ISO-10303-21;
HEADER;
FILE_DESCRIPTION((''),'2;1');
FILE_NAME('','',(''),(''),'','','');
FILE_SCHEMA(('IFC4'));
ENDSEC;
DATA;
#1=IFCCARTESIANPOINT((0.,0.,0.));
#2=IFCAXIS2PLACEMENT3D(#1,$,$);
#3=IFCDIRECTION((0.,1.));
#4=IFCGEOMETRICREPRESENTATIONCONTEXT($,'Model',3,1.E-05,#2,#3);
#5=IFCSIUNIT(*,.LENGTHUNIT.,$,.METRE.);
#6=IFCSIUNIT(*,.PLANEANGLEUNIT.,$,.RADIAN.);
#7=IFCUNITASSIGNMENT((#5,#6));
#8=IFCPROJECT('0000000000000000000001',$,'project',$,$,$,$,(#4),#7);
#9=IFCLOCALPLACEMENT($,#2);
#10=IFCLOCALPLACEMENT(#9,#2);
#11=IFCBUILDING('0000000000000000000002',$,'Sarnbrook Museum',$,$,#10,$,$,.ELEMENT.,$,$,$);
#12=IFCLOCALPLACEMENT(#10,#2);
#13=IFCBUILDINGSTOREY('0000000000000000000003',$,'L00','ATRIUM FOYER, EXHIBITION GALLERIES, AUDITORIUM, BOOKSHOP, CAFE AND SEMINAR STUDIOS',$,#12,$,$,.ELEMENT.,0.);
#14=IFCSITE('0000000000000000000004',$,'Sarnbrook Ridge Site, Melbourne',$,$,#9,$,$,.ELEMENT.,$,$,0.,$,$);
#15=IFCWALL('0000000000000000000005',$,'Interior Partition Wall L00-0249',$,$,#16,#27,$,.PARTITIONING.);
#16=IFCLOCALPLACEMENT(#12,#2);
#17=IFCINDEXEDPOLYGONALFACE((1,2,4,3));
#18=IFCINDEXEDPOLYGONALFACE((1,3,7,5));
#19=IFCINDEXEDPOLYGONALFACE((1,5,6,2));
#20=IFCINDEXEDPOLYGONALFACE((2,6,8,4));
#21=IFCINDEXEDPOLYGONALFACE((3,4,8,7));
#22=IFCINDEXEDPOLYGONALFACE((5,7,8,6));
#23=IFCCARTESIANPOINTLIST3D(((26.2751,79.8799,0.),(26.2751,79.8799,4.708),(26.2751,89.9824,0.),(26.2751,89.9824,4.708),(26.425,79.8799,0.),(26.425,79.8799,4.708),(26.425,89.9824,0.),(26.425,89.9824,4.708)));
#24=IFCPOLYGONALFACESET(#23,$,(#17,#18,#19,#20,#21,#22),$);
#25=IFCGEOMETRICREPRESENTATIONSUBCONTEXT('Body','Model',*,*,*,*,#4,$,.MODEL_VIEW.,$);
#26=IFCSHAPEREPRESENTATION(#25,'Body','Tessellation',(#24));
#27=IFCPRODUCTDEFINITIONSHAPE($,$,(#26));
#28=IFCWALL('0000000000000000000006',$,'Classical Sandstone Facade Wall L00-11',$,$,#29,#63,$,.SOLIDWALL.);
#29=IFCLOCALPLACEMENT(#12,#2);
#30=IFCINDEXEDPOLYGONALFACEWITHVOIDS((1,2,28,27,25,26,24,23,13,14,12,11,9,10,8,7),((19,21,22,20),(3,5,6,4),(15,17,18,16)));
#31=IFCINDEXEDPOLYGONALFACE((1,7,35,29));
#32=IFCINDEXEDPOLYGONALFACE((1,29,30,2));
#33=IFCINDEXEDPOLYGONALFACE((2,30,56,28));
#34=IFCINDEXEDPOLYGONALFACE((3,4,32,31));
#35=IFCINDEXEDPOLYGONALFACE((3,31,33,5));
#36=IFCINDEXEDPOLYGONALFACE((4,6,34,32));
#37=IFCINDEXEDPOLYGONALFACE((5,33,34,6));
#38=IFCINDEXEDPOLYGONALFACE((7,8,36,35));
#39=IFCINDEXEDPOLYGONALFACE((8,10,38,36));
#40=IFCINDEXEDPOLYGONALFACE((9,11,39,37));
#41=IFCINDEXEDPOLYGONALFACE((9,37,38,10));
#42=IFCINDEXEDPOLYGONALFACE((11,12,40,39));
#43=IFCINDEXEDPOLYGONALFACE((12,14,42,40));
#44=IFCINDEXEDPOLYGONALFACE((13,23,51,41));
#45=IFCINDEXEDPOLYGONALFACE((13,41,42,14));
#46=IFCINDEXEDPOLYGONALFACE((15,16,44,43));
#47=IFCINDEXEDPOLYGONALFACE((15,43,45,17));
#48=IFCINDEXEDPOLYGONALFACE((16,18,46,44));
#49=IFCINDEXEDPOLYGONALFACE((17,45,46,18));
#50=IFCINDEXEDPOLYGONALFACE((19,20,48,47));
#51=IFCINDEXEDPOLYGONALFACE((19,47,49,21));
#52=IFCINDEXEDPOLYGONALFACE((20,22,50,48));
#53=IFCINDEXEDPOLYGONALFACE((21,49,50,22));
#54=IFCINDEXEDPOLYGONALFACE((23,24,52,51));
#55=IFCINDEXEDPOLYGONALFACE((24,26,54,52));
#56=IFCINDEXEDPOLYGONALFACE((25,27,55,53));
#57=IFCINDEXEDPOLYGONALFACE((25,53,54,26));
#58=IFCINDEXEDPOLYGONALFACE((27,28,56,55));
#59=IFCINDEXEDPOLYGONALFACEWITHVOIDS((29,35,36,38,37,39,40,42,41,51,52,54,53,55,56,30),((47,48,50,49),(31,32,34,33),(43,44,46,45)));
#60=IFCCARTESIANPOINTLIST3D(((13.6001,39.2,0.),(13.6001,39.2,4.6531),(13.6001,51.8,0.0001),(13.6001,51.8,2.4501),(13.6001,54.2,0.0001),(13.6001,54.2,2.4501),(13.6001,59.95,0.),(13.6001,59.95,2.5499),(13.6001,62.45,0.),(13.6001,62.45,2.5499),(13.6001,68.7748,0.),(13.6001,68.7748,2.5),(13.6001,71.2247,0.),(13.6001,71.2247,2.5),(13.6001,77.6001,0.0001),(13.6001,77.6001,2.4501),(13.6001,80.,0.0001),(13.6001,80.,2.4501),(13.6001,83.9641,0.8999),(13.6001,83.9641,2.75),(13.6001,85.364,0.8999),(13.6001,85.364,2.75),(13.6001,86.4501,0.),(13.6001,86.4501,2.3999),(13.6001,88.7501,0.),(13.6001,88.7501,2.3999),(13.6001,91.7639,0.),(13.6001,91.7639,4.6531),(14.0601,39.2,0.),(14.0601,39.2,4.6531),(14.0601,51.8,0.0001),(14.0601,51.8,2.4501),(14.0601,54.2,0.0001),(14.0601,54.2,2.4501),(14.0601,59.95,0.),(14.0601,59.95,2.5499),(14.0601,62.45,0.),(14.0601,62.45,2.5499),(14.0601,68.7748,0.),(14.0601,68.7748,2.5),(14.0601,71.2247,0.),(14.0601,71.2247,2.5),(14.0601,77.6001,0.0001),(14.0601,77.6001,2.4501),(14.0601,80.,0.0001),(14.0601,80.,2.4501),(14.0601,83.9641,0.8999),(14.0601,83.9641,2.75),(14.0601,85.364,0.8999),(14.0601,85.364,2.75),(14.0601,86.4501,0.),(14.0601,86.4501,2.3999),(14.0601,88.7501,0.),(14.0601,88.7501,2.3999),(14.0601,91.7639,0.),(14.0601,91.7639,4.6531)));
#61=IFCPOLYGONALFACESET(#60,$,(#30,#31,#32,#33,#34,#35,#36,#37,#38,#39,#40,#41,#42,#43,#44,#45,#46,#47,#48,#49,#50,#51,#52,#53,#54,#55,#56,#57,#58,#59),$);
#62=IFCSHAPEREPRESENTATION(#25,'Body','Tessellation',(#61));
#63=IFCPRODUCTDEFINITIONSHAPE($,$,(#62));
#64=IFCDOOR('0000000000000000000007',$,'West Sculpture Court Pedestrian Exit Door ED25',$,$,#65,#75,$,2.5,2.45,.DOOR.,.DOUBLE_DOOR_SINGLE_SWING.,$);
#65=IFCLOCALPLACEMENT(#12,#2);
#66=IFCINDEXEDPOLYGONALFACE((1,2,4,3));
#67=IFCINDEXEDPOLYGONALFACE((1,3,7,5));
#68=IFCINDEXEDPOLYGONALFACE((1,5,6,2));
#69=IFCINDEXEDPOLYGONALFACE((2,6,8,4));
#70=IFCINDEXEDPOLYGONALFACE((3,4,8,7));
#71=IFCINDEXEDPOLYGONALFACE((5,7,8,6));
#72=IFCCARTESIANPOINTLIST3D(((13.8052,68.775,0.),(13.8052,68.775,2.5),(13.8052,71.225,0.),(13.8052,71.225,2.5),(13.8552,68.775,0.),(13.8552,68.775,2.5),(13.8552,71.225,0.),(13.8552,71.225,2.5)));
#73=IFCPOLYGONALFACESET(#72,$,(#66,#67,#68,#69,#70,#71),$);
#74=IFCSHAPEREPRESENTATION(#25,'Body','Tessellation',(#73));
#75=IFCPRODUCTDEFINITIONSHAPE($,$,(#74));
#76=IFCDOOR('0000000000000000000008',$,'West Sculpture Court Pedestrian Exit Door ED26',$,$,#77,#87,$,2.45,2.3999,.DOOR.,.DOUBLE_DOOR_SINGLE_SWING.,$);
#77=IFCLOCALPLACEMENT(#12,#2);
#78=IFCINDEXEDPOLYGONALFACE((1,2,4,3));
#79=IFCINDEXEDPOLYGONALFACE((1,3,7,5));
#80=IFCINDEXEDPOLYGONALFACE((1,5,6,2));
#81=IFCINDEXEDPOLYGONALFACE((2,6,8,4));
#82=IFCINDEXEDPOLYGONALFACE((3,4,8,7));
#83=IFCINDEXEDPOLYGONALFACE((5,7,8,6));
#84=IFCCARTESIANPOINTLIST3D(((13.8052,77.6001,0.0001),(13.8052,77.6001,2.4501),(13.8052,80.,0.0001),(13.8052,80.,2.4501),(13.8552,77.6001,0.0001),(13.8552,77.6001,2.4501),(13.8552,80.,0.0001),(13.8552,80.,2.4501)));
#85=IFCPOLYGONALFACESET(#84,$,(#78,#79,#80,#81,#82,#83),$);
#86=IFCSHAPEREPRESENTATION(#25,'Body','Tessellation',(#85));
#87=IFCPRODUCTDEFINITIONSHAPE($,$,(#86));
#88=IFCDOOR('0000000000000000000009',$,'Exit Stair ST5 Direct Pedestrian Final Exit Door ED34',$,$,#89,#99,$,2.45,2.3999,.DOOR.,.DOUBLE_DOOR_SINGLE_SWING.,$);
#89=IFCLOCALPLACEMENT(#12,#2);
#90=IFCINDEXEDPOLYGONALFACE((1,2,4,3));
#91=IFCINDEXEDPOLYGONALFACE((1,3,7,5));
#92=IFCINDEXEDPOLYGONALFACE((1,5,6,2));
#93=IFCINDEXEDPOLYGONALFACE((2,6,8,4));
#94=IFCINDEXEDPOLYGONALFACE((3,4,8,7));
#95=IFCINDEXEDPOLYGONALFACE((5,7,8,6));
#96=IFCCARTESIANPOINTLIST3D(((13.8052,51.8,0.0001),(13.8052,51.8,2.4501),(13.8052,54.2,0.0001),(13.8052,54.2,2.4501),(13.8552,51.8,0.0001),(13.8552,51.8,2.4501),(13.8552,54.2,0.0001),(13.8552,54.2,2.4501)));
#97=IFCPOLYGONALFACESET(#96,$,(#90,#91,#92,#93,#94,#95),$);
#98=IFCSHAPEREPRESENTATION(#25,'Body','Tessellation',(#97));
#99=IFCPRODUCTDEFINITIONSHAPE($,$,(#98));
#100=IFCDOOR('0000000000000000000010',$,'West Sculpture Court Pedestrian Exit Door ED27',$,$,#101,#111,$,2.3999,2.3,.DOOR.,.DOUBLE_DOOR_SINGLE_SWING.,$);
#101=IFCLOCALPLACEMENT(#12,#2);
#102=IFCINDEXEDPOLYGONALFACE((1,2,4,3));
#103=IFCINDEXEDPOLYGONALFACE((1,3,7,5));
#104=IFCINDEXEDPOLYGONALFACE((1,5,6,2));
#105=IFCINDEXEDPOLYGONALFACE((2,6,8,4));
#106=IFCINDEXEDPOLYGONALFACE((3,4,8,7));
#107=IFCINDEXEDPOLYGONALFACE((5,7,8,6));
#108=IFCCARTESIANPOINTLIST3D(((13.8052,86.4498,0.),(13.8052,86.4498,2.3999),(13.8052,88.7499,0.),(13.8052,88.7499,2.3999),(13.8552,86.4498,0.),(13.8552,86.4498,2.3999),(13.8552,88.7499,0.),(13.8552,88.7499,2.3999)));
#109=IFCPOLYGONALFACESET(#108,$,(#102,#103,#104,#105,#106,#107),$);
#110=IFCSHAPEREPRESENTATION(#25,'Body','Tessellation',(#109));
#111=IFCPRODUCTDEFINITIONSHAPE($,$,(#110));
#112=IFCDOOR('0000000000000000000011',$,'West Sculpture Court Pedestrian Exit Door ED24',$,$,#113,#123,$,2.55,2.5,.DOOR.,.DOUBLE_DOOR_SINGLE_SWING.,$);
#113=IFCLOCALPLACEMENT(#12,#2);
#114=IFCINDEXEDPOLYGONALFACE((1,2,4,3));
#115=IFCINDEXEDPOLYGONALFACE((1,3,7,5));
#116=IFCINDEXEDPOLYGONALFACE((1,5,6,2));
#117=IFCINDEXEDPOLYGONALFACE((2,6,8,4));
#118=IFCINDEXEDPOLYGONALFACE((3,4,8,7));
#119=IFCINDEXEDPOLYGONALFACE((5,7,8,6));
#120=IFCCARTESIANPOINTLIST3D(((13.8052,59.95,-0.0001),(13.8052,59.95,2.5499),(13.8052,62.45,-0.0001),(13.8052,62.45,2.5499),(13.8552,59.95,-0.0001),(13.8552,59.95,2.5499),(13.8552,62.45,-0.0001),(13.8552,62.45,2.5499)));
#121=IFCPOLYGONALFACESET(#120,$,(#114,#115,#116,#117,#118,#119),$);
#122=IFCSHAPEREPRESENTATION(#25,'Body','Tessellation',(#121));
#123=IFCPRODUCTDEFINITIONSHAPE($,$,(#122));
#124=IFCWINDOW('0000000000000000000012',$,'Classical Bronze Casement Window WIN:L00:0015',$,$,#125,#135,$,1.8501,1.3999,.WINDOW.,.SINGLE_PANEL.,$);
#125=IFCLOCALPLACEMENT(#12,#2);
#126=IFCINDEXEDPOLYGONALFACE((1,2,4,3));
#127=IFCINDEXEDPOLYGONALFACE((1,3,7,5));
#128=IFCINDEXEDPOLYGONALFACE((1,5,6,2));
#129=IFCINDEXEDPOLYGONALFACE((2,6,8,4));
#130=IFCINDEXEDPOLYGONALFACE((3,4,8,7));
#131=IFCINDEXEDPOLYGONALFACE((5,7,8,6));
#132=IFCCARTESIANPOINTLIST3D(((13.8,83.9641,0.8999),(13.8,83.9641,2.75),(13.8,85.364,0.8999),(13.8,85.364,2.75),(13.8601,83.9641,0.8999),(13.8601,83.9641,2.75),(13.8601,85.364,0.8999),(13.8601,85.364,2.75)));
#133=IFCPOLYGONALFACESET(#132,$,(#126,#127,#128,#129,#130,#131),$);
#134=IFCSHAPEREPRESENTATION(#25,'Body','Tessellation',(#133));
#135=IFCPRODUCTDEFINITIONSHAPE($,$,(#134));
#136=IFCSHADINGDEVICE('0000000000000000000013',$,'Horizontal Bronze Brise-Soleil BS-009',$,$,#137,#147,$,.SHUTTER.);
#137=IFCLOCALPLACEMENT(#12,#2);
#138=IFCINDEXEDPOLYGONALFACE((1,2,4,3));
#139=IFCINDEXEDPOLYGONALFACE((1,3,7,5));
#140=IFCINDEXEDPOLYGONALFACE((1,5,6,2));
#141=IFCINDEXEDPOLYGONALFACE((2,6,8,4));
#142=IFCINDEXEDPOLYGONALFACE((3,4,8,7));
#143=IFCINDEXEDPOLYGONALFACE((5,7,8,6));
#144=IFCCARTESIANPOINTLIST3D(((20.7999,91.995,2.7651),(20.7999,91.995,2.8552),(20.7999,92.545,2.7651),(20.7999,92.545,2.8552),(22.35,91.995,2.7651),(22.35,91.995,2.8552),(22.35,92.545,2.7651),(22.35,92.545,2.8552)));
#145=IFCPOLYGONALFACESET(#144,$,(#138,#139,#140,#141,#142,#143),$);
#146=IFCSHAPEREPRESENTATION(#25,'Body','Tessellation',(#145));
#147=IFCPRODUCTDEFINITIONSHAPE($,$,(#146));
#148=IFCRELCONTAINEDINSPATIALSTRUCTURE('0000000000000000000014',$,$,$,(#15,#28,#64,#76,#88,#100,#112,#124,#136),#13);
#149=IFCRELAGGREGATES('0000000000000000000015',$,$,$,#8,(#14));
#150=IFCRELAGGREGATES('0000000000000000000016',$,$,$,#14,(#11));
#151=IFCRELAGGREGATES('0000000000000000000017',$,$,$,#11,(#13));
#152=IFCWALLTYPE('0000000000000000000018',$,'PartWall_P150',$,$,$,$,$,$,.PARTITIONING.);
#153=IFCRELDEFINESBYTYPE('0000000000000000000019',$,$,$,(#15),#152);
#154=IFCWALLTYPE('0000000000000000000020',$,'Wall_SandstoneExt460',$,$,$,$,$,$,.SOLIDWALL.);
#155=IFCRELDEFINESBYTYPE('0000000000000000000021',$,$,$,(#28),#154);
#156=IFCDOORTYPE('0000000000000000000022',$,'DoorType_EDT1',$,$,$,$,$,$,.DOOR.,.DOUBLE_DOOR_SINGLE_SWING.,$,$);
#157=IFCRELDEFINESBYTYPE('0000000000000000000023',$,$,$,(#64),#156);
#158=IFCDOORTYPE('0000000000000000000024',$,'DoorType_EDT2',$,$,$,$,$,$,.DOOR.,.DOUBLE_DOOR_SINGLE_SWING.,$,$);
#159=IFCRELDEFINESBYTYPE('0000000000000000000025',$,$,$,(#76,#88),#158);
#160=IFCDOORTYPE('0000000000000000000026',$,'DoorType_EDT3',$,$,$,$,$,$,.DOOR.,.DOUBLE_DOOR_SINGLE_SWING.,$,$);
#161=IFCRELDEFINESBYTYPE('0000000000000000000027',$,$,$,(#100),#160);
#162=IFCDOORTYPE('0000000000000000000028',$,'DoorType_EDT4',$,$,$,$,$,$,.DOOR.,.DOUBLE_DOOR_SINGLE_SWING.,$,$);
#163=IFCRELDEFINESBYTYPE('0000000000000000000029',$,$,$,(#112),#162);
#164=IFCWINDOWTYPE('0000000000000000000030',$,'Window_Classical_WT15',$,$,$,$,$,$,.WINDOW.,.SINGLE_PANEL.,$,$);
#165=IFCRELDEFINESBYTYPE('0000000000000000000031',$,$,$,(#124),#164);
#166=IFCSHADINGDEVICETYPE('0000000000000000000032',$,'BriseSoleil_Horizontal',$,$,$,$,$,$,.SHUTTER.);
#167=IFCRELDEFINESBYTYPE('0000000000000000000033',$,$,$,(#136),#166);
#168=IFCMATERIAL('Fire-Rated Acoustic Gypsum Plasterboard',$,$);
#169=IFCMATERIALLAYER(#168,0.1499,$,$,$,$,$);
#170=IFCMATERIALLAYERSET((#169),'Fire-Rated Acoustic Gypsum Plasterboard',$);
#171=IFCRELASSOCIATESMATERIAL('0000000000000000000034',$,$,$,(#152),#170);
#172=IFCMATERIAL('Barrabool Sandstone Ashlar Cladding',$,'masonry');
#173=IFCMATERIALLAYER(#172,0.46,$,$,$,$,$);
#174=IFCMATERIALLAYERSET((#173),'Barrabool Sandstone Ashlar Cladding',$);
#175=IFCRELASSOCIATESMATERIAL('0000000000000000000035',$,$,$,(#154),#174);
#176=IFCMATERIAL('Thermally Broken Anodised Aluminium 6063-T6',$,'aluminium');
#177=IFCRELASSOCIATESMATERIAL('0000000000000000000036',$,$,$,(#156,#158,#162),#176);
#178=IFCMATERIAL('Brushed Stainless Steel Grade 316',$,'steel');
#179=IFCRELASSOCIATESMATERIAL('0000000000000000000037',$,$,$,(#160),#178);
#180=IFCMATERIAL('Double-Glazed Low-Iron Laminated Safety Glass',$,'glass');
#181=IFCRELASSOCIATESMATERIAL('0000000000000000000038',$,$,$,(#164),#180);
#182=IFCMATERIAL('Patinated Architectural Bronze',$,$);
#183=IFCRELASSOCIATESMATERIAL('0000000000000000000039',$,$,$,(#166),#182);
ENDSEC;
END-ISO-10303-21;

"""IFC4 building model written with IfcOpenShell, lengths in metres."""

from ifc_helpers import new_model, si_unit, direction, frame, frame_2d, origin, origin_2d, place, context, subcontext, project, spatial, rectangle, extrude, material, layer, layer_set, type_object, element, fill, save


model = new_model("IFC4")

# Units and contexts
model_context = context("Model", 3, precision=1e-05, world=origin(), true_north=direction((0.0, 1.0)))
body_context = subcontext(model_context, "Body", "Model", "MODEL_VIEW")
ifc_project = project(units=[si_unit("LENGTHUNIT", "METRE"), si_unit("PLANEANGLEUNIT", "RADIAN")], contexts=[model_context])

# Site, building, storey
site_placement = place(None, origin())
site = spatial("IfcSite", under=ifc_project, at=site_placement, Name="Sarnbrook Ridge Site, Melbourne", CompositionType="ELEMENT", RefElevation=0.0)
building_placement = place(site_placement, origin())
building = spatial("IfcBuilding", under=site, at=building_placement, Name="Sarnbrook Museum", CompositionType="ELEMENT")
storey_placement = place(building_placement, origin())
storey = spatial("IfcBuildingStorey", under=building, at=storey_placement, Name="L00", Description="ATRIUM FOYER, EXHIBITION GALLERIES, AUDITORIUM, BOOKSHOP, CAFE AND SEMINAR STUDIOS", CompositionType="ELEMENT", Elevation=0.0)

# Wall
ifc_material_1 = material(Name="Fire-Rated Acoustic Gypsum Plasterboard")
ifc_layer_1 = layer(ifc_material_1, 0.1499)
ifc_layer_set_1 = layer_set([ifc_layer_1], Name="Fire-Rated Acoustic Gypsum Plasterboard")
wall_type_1 = type_object("IfcWallType", Name="PartWall_P150", PredefinedType="PARTITIONING", material=ifc_layer_set_1)
wall_1_placement = place(storey_placement, frame((26.3501, 89.9824, 0.0), z_axis=(0.0, 0.0, 1.0), x_axis=(0.0, -1.0, 0.0)))
element("IfcWall", 1, at=wall_1_placement, inside=storey, type_object=wall_type_1, Name="Interior Partition Wall L00-0249", PredefinedType="PARTITIONING", context=body_context, shape_type="SweptSolid", body=[
    extrude(rectangle(XDim=10.1025, YDim=0.1499, at=frame_2d((5.0513, 0.0))), origin(), (0.0, 0.0, 1.0), 4.708),
])

# Wall, openings, doors, window
ifc_material_2 = material(Name="Barrabool Sandstone Ashlar Cladding", Category="masonry")
ifc_layer_2 = layer(ifc_material_2, 0.46)
ifc_layer_set_2 = layer_set([ifc_layer_2], Name="Barrabool Sandstone Ashlar Cladding")
wall_type_2 = type_object("IfcWallType", Name="Wall_SandstoneExt460", PredefinedType="SOLIDWALL", material=ifc_layer_set_2)
wall_2_placement = place(storey_placement, frame((13.8301, 91.7639, 0.0), z_axis=(0.0, 0.0, 1.0), x_axis=(0.0, -1.0, 0.0)))
wall_2 = element("IfcWall", 2, at=wall_2_placement, inside=storey, type_object=wall_type_2, Name="Classical Sandstone Facade Wall L00-11", PredefinedType="SOLIDWALL", context=body_context, shape_type="SweptSolid", body=[
    extrude(rectangle(XDim=52.564, YDim=0.46, at=frame_2d((26.282, 0.0))), origin(), (0.0, 0.0, 1.0), 4.6531),
])
opening_1_placement = place(wall_2_placement, frame((29.314, 0.0, 0.0)))
opening_1 = element("IfcOpeningElement", 3, at=opening_1_placement, cuts=wall_2, PredefinedType="OPENING", context=body_context, shape_type="SweptSolid", body=[
    extrude(rectangle(XDim=2.5, YDim=2.55, at=frame_2d((1.25, 1.2749))), frame((0.0, 0.24, 0.0), z_axis=(0.0, -1.0, 0.0), x_axis=(1.0, 0.0, 0.0)), (0.0, 0.0, 1.0), 0.48),
])
opening_2_placement = place(wall_2_placement, frame((20.5391, 0.0, 0.0)))
opening_2 = element("IfcOpeningElement", 4, at=opening_2_placement, cuts=wall_2, PredefinedType="OPENING", context=body_context, shape_type="SweptSolid", body=[
    extrude(rectangle(XDim=2.45, YDim=2.5, at=frame_2d((1.2251, 1.25))), frame((0.0, 0.24, 0.0), z_axis=(0.0, -1.0, 0.0), x_axis=(1.0, 0.0, 0.0)), (0.0, 0.0, 1.0), 0.48),
])
opening_3_placement = place(wall_2_placement, frame((11.7639, 0.0, 0.0)))
opening_3 = element("IfcOpeningElement", 5, at=opening_3_placement, cuts=wall_2, PredefinedType="OPENING", context=body_context, shape_type="SweptSolid", body=[
    extrude(rectangle(XDim=2.3999, YDim=2.45, at=frame_2d((1.2, 1.2251))), frame((0.0, 0.24, 0.0), z_axis=(0.0, -1.0, 0.0), x_axis=(1.0, 0.0, 0.0)), (0.0, 0.0, 1.0), 0.48),
])
opening_4_placement = place(wall_2_placement, frame((3.0139, 0.0, 0.0)))
opening_4 = element("IfcOpeningElement", 6, at=opening_4_placement, cuts=wall_2, PredefinedType="OPENING", context=body_context, shape_type="SweptSolid", body=[
    extrude(rectangle(XDim=2.3, YDim=2.3999, at=frame_2d((1.1499, 1.2))), frame((0.0, 0.24, 0.0), z_axis=(0.0, -1.0, 0.0), x_axis=(1.0, 0.0, 0.0)), (0.0, 0.0, 1.0), 0.48),
])
opening_5_placement = place(wall_2_placement, frame((37.564, 0.0, 0.0)))
opening_5 = element("IfcOpeningElement", 7, at=opening_5_placement, cuts=wall_2, PredefinedType="OPENING", context=body_context, shape_type="SweptSolid", body=[
    extrude(rectangle(XDim=2.3999, YDim=2.45, at=frame_2d((1.2, 1.2251))), frame((0.0, 0.24, 0.0), z_axis=(0.0, -1.0, 0.0), x_axis=(1.0, 0.0, 0.0)), (0.0, 0.0, 1.0), 0.48),
])
opening_6_placement = place(wall_2_placement, frame((6.3999, 0.0, 0.8999)))
opening_6 = element("IfcOpeningElement", 8, at=opening_6_placement, cuts=wall_2, PredefinedType="OPENING", context=body_context, shape_type="SweptSolid", body=[
    extrude(rectangle(XDim=1.3999, YDim=1.8501, at=frame_2d((0.7, 0.925))), frame((0.0, 0.24, 0.0), z_axis=(0.0, -1.0, 0.0), x_axis=(1.0, 0.0, 0.0)), (0.0, 0.0, 1.0), 0.48),
])
ifc_material_3 = material(Name="Thermally Broken Anodised Aluminium 6063-T6", Category="aluminium")
door_type_1 = type_object("IfcDoorType", Name="DoorType_EDT1", OperationType="DOUBLE_DOOR_SINGLE_SWING", PredefinedType="DOOR", material=ifc_material_3)
door_1_placement = place(opening_2_placement, frame((2.45, 0.0, 0.0), z_axis=(0.0, 0.0, 1.0), x_axis=(-1.0, 0.0, 0.0)))
door_1 = element("IfcDoor", 9, at=door_1_placement, inside=storey, type_object=door_type_1, Name="West Sculpture Court Pedestrian Exit Door ED25", OperationType="DOUBLE_DOOR_SINGLE_SWING", OverallHeight=2.5, OverallWidth=2.45, PredefinedType="DOOR", context=body_context, shape_type="SweptSolid", body=[
    extrude(rectangle(XDim=2.45, YDim=2.5, at=frame_2d((1.2251, 1.25))), frame((0.0, 0.0249, 0.0), z_axis=(0.0, -1.0, 0.0), x_axis=(1.0, 0.0, 0.0)), (0.0, 0.0, 1.0), 0.05),
])
fill(opening_2, door_1)
door_type_2 = type_object("IfcDoorType", Name="DoorType_EDT2", OperationType="DOUBLE_DOOR_SINGLE_SWING", PredefinedType="DOOR", material=ifc_material_3)
door_2_placement = place(opening_3_placement, frame((2.3999, 0.0, 0.0), z_axis=(0.0, 0.0, 1.0), x_axis=(-1.0, 0.0, 0.0)))
door_2 = element("IfcDoor", 10, at=door_2_placement, inside=storey, type_object=door_type_2, Name="West Sculpture Court Pedestrian Exit Door ED26", OperationType="DOUBLE_DOOR_SINGLE_SWING", OverallHeight=2.45, OverallWidth=2.3999, PredefinedType="DOOR", context=body_context, shape_type="SweptSolid", body=[
    extrude(rectangle(XDim=2.3999, YDim=2.45, at=frame_2d((1.2, 1.2251))), frame((0.0, 0.0249, 0.0), z_axis=(0.0, -1.0, 0.0), x_axis=(1.0, 0.0, 0.0)), (0.0, 0.0, 1.0), 0.05),
])
fill(opening_3, door_2)
door_3_placement = place(opening_5_placement, frame((2.3999, 0.0, 0.0), z_axis=(0.0, 0.0, 1.0), x_axis=(-1.0, 0.0, 0.0)))
door_3 = element("IfcDoor", 11, at=door_3_placement, inside=storey, type_object=door_type_2, Name="Exit Stair ST5 Direct Pedestrian Final Exit Door ED34", OperationType="DOUBLE_DOOR_SINGLE_SWING", OverallHeight=2.45, OverallWidth=2.3999, PredefinedType="DOOR", context=body_context, shape_type="SweptSolid", body=[
    extrude(rectangle(XDim=2.3999, YDim=2.45, at=frame_2d((1.2, 1.2251))), frame((0.0, 0.0249, 0.0), z_axis=(0.0, -1.0, 0.0), x_axis=(1.0, 0.0, 0.0)), (0.0, 0.0, 1.0), 0.05),
])
fill(opening_5, door_3)
ifc_material_4 = material(Name="Brushed Stainless Steel Grade 316", Category="steel")
door_type_3 = type_object("IfcDoorType", Name="DoorType_EDT3", OperationType="DOUBLE_DOOR_SINGLE_SWING", PredefinedType="DOOR", material=ifc_material_4)
door_4_placement = place(opening_4_placement, frame((2.3, 0.0, 0.0), z_axis=(0.0, 0.0, 1.0), x_axis=(-1.0, 0.0, 0.0)))
door_4 = element("IfcDoor", 12, at=door_4_placement, inside=storey, type_object=door_type_3, Name="West Sculpture Court Pedestrian Exit Door ED27", OperationType="DOUBLE_DOOR_SINGLE_SWING", OverallHeight=2.3999, OverallWidth=2.3, PredefinedType="DOOR", context=body_context, shape_type="SweptSolid", body=[
    extrude(rectangle(XDim=2.3, YDim=2.3999, at=frame_2d((1.1499, 1.2))), frame((0.0, 0.0249, 0.0), z_axis=(0.0, -1.0, 0.0), x_axis=(1.0, 0.0, 0.0)), (0.0, 0.0, 1.0), 0.05),
])
fill(opening_4, door_4)
door_type_4 = type_object("IfcDoorType", Name="DoorType_EDT4", OperationType="DOUBLE_DOOR_SINGLE_SWING", PredefinedType="DOOR", material=ifc_material_3)
door_5_placement = place(opening_1_placement, frame((2.5, 0.0, 0.0), z_axis=(0.0, 0.0, 1.0), x_axis=(-1.0, 0.0, 0.0)))
door_5 = element("IfcDoor", 13, at=door_5_placement, inside=storey, type_object=door_type_4, Name="West Sculpture Court Pedestrian Exit Door ED24", OperationType="DOUBLE_DOOR_SINGLE_SWING", OverallHeight=2.55, OverallWidth=2.5, PredefinedType="DOOR", context=body_context, shape_type="SweptSolid", body=[
    extrude(rectangle(XDim=2.5, YDim=2.55, at=frame_2d((1.25, 1.2749))), frame((0.0, 0.0249, 0.0), z_axis=(0.0, -1.0, 0.0), x_axis=(1.0, 0.0, 0.0)), (0.0, 0.0, 1.0), 0.05),
])
fill(opening_1, door_5)
ifc_material_5 = material(Name="Double-Glazed Low-Iron Laminated Safety Glass", Category="glass")
window_type = type_object("IfcWindowType", Name="Window_Classical_WT15", PartitioningType="SINGLE_PANEL", PredefinedType="WINDOW", material=ifc_material_5)
window_placement = place(opening_6_placement, origin())
window = element("IfcWindow", 14, at=window_placement, inside=storey, type_object=window_type, Name="Classical Bronze Casement Window WIN:L00:0015", OverallHeight=1.8501, OverallWidth=1.3999, PartitioningType="SINGLE_PANEL", PredefinedType="WINDOW", context=body_context, shape_type="SweptSolid", body=[
    extrude(rectangle(XDim=1.3999, YDim=1.8501, at=frame_2d((0.7, 0.925))), frame((0.0, 0.03, 0.0), z_axis=(0.0, -1.0, 0.0), x_axis=(1.0, 0.0, 0.0)), (0.0, 0.0, 1.0), 0.0601),
])
fill(opening_6, window)

# Shading device
ifc_material_6 = material(Name="Patinated Architectural Bronze")
shading_device_type_1 = type_object("IfcShadingDeviceType", Name="BriseSoleil_Horizontal", PredefinedType="SHUTTER", material=ifc_material_6)
shading_device_1_placement = place(storey_placement, frame((21.575, 92.27, 2.7651), z_axis=(0.0, 0.0, 1.0), x_axis=(1.0, 0.0, 0.0)))
element("IfcShadingDevice", 15, at=shading_device_1_placement, inside=storey, type_object=shading_device_type_1, Name="Horizontal Bronze Brise-Soleil BS-009", PredefinedType="SHUTTER", context=body_context, shape_type="SweptSolid", body=[
    extrude(rectangle(XDim=1.55, YDim=0.55, at=origin_2d()), origin(), (0.0, 0.0, 1.0), 0.0901),
])

save(model, "model.ifc")
